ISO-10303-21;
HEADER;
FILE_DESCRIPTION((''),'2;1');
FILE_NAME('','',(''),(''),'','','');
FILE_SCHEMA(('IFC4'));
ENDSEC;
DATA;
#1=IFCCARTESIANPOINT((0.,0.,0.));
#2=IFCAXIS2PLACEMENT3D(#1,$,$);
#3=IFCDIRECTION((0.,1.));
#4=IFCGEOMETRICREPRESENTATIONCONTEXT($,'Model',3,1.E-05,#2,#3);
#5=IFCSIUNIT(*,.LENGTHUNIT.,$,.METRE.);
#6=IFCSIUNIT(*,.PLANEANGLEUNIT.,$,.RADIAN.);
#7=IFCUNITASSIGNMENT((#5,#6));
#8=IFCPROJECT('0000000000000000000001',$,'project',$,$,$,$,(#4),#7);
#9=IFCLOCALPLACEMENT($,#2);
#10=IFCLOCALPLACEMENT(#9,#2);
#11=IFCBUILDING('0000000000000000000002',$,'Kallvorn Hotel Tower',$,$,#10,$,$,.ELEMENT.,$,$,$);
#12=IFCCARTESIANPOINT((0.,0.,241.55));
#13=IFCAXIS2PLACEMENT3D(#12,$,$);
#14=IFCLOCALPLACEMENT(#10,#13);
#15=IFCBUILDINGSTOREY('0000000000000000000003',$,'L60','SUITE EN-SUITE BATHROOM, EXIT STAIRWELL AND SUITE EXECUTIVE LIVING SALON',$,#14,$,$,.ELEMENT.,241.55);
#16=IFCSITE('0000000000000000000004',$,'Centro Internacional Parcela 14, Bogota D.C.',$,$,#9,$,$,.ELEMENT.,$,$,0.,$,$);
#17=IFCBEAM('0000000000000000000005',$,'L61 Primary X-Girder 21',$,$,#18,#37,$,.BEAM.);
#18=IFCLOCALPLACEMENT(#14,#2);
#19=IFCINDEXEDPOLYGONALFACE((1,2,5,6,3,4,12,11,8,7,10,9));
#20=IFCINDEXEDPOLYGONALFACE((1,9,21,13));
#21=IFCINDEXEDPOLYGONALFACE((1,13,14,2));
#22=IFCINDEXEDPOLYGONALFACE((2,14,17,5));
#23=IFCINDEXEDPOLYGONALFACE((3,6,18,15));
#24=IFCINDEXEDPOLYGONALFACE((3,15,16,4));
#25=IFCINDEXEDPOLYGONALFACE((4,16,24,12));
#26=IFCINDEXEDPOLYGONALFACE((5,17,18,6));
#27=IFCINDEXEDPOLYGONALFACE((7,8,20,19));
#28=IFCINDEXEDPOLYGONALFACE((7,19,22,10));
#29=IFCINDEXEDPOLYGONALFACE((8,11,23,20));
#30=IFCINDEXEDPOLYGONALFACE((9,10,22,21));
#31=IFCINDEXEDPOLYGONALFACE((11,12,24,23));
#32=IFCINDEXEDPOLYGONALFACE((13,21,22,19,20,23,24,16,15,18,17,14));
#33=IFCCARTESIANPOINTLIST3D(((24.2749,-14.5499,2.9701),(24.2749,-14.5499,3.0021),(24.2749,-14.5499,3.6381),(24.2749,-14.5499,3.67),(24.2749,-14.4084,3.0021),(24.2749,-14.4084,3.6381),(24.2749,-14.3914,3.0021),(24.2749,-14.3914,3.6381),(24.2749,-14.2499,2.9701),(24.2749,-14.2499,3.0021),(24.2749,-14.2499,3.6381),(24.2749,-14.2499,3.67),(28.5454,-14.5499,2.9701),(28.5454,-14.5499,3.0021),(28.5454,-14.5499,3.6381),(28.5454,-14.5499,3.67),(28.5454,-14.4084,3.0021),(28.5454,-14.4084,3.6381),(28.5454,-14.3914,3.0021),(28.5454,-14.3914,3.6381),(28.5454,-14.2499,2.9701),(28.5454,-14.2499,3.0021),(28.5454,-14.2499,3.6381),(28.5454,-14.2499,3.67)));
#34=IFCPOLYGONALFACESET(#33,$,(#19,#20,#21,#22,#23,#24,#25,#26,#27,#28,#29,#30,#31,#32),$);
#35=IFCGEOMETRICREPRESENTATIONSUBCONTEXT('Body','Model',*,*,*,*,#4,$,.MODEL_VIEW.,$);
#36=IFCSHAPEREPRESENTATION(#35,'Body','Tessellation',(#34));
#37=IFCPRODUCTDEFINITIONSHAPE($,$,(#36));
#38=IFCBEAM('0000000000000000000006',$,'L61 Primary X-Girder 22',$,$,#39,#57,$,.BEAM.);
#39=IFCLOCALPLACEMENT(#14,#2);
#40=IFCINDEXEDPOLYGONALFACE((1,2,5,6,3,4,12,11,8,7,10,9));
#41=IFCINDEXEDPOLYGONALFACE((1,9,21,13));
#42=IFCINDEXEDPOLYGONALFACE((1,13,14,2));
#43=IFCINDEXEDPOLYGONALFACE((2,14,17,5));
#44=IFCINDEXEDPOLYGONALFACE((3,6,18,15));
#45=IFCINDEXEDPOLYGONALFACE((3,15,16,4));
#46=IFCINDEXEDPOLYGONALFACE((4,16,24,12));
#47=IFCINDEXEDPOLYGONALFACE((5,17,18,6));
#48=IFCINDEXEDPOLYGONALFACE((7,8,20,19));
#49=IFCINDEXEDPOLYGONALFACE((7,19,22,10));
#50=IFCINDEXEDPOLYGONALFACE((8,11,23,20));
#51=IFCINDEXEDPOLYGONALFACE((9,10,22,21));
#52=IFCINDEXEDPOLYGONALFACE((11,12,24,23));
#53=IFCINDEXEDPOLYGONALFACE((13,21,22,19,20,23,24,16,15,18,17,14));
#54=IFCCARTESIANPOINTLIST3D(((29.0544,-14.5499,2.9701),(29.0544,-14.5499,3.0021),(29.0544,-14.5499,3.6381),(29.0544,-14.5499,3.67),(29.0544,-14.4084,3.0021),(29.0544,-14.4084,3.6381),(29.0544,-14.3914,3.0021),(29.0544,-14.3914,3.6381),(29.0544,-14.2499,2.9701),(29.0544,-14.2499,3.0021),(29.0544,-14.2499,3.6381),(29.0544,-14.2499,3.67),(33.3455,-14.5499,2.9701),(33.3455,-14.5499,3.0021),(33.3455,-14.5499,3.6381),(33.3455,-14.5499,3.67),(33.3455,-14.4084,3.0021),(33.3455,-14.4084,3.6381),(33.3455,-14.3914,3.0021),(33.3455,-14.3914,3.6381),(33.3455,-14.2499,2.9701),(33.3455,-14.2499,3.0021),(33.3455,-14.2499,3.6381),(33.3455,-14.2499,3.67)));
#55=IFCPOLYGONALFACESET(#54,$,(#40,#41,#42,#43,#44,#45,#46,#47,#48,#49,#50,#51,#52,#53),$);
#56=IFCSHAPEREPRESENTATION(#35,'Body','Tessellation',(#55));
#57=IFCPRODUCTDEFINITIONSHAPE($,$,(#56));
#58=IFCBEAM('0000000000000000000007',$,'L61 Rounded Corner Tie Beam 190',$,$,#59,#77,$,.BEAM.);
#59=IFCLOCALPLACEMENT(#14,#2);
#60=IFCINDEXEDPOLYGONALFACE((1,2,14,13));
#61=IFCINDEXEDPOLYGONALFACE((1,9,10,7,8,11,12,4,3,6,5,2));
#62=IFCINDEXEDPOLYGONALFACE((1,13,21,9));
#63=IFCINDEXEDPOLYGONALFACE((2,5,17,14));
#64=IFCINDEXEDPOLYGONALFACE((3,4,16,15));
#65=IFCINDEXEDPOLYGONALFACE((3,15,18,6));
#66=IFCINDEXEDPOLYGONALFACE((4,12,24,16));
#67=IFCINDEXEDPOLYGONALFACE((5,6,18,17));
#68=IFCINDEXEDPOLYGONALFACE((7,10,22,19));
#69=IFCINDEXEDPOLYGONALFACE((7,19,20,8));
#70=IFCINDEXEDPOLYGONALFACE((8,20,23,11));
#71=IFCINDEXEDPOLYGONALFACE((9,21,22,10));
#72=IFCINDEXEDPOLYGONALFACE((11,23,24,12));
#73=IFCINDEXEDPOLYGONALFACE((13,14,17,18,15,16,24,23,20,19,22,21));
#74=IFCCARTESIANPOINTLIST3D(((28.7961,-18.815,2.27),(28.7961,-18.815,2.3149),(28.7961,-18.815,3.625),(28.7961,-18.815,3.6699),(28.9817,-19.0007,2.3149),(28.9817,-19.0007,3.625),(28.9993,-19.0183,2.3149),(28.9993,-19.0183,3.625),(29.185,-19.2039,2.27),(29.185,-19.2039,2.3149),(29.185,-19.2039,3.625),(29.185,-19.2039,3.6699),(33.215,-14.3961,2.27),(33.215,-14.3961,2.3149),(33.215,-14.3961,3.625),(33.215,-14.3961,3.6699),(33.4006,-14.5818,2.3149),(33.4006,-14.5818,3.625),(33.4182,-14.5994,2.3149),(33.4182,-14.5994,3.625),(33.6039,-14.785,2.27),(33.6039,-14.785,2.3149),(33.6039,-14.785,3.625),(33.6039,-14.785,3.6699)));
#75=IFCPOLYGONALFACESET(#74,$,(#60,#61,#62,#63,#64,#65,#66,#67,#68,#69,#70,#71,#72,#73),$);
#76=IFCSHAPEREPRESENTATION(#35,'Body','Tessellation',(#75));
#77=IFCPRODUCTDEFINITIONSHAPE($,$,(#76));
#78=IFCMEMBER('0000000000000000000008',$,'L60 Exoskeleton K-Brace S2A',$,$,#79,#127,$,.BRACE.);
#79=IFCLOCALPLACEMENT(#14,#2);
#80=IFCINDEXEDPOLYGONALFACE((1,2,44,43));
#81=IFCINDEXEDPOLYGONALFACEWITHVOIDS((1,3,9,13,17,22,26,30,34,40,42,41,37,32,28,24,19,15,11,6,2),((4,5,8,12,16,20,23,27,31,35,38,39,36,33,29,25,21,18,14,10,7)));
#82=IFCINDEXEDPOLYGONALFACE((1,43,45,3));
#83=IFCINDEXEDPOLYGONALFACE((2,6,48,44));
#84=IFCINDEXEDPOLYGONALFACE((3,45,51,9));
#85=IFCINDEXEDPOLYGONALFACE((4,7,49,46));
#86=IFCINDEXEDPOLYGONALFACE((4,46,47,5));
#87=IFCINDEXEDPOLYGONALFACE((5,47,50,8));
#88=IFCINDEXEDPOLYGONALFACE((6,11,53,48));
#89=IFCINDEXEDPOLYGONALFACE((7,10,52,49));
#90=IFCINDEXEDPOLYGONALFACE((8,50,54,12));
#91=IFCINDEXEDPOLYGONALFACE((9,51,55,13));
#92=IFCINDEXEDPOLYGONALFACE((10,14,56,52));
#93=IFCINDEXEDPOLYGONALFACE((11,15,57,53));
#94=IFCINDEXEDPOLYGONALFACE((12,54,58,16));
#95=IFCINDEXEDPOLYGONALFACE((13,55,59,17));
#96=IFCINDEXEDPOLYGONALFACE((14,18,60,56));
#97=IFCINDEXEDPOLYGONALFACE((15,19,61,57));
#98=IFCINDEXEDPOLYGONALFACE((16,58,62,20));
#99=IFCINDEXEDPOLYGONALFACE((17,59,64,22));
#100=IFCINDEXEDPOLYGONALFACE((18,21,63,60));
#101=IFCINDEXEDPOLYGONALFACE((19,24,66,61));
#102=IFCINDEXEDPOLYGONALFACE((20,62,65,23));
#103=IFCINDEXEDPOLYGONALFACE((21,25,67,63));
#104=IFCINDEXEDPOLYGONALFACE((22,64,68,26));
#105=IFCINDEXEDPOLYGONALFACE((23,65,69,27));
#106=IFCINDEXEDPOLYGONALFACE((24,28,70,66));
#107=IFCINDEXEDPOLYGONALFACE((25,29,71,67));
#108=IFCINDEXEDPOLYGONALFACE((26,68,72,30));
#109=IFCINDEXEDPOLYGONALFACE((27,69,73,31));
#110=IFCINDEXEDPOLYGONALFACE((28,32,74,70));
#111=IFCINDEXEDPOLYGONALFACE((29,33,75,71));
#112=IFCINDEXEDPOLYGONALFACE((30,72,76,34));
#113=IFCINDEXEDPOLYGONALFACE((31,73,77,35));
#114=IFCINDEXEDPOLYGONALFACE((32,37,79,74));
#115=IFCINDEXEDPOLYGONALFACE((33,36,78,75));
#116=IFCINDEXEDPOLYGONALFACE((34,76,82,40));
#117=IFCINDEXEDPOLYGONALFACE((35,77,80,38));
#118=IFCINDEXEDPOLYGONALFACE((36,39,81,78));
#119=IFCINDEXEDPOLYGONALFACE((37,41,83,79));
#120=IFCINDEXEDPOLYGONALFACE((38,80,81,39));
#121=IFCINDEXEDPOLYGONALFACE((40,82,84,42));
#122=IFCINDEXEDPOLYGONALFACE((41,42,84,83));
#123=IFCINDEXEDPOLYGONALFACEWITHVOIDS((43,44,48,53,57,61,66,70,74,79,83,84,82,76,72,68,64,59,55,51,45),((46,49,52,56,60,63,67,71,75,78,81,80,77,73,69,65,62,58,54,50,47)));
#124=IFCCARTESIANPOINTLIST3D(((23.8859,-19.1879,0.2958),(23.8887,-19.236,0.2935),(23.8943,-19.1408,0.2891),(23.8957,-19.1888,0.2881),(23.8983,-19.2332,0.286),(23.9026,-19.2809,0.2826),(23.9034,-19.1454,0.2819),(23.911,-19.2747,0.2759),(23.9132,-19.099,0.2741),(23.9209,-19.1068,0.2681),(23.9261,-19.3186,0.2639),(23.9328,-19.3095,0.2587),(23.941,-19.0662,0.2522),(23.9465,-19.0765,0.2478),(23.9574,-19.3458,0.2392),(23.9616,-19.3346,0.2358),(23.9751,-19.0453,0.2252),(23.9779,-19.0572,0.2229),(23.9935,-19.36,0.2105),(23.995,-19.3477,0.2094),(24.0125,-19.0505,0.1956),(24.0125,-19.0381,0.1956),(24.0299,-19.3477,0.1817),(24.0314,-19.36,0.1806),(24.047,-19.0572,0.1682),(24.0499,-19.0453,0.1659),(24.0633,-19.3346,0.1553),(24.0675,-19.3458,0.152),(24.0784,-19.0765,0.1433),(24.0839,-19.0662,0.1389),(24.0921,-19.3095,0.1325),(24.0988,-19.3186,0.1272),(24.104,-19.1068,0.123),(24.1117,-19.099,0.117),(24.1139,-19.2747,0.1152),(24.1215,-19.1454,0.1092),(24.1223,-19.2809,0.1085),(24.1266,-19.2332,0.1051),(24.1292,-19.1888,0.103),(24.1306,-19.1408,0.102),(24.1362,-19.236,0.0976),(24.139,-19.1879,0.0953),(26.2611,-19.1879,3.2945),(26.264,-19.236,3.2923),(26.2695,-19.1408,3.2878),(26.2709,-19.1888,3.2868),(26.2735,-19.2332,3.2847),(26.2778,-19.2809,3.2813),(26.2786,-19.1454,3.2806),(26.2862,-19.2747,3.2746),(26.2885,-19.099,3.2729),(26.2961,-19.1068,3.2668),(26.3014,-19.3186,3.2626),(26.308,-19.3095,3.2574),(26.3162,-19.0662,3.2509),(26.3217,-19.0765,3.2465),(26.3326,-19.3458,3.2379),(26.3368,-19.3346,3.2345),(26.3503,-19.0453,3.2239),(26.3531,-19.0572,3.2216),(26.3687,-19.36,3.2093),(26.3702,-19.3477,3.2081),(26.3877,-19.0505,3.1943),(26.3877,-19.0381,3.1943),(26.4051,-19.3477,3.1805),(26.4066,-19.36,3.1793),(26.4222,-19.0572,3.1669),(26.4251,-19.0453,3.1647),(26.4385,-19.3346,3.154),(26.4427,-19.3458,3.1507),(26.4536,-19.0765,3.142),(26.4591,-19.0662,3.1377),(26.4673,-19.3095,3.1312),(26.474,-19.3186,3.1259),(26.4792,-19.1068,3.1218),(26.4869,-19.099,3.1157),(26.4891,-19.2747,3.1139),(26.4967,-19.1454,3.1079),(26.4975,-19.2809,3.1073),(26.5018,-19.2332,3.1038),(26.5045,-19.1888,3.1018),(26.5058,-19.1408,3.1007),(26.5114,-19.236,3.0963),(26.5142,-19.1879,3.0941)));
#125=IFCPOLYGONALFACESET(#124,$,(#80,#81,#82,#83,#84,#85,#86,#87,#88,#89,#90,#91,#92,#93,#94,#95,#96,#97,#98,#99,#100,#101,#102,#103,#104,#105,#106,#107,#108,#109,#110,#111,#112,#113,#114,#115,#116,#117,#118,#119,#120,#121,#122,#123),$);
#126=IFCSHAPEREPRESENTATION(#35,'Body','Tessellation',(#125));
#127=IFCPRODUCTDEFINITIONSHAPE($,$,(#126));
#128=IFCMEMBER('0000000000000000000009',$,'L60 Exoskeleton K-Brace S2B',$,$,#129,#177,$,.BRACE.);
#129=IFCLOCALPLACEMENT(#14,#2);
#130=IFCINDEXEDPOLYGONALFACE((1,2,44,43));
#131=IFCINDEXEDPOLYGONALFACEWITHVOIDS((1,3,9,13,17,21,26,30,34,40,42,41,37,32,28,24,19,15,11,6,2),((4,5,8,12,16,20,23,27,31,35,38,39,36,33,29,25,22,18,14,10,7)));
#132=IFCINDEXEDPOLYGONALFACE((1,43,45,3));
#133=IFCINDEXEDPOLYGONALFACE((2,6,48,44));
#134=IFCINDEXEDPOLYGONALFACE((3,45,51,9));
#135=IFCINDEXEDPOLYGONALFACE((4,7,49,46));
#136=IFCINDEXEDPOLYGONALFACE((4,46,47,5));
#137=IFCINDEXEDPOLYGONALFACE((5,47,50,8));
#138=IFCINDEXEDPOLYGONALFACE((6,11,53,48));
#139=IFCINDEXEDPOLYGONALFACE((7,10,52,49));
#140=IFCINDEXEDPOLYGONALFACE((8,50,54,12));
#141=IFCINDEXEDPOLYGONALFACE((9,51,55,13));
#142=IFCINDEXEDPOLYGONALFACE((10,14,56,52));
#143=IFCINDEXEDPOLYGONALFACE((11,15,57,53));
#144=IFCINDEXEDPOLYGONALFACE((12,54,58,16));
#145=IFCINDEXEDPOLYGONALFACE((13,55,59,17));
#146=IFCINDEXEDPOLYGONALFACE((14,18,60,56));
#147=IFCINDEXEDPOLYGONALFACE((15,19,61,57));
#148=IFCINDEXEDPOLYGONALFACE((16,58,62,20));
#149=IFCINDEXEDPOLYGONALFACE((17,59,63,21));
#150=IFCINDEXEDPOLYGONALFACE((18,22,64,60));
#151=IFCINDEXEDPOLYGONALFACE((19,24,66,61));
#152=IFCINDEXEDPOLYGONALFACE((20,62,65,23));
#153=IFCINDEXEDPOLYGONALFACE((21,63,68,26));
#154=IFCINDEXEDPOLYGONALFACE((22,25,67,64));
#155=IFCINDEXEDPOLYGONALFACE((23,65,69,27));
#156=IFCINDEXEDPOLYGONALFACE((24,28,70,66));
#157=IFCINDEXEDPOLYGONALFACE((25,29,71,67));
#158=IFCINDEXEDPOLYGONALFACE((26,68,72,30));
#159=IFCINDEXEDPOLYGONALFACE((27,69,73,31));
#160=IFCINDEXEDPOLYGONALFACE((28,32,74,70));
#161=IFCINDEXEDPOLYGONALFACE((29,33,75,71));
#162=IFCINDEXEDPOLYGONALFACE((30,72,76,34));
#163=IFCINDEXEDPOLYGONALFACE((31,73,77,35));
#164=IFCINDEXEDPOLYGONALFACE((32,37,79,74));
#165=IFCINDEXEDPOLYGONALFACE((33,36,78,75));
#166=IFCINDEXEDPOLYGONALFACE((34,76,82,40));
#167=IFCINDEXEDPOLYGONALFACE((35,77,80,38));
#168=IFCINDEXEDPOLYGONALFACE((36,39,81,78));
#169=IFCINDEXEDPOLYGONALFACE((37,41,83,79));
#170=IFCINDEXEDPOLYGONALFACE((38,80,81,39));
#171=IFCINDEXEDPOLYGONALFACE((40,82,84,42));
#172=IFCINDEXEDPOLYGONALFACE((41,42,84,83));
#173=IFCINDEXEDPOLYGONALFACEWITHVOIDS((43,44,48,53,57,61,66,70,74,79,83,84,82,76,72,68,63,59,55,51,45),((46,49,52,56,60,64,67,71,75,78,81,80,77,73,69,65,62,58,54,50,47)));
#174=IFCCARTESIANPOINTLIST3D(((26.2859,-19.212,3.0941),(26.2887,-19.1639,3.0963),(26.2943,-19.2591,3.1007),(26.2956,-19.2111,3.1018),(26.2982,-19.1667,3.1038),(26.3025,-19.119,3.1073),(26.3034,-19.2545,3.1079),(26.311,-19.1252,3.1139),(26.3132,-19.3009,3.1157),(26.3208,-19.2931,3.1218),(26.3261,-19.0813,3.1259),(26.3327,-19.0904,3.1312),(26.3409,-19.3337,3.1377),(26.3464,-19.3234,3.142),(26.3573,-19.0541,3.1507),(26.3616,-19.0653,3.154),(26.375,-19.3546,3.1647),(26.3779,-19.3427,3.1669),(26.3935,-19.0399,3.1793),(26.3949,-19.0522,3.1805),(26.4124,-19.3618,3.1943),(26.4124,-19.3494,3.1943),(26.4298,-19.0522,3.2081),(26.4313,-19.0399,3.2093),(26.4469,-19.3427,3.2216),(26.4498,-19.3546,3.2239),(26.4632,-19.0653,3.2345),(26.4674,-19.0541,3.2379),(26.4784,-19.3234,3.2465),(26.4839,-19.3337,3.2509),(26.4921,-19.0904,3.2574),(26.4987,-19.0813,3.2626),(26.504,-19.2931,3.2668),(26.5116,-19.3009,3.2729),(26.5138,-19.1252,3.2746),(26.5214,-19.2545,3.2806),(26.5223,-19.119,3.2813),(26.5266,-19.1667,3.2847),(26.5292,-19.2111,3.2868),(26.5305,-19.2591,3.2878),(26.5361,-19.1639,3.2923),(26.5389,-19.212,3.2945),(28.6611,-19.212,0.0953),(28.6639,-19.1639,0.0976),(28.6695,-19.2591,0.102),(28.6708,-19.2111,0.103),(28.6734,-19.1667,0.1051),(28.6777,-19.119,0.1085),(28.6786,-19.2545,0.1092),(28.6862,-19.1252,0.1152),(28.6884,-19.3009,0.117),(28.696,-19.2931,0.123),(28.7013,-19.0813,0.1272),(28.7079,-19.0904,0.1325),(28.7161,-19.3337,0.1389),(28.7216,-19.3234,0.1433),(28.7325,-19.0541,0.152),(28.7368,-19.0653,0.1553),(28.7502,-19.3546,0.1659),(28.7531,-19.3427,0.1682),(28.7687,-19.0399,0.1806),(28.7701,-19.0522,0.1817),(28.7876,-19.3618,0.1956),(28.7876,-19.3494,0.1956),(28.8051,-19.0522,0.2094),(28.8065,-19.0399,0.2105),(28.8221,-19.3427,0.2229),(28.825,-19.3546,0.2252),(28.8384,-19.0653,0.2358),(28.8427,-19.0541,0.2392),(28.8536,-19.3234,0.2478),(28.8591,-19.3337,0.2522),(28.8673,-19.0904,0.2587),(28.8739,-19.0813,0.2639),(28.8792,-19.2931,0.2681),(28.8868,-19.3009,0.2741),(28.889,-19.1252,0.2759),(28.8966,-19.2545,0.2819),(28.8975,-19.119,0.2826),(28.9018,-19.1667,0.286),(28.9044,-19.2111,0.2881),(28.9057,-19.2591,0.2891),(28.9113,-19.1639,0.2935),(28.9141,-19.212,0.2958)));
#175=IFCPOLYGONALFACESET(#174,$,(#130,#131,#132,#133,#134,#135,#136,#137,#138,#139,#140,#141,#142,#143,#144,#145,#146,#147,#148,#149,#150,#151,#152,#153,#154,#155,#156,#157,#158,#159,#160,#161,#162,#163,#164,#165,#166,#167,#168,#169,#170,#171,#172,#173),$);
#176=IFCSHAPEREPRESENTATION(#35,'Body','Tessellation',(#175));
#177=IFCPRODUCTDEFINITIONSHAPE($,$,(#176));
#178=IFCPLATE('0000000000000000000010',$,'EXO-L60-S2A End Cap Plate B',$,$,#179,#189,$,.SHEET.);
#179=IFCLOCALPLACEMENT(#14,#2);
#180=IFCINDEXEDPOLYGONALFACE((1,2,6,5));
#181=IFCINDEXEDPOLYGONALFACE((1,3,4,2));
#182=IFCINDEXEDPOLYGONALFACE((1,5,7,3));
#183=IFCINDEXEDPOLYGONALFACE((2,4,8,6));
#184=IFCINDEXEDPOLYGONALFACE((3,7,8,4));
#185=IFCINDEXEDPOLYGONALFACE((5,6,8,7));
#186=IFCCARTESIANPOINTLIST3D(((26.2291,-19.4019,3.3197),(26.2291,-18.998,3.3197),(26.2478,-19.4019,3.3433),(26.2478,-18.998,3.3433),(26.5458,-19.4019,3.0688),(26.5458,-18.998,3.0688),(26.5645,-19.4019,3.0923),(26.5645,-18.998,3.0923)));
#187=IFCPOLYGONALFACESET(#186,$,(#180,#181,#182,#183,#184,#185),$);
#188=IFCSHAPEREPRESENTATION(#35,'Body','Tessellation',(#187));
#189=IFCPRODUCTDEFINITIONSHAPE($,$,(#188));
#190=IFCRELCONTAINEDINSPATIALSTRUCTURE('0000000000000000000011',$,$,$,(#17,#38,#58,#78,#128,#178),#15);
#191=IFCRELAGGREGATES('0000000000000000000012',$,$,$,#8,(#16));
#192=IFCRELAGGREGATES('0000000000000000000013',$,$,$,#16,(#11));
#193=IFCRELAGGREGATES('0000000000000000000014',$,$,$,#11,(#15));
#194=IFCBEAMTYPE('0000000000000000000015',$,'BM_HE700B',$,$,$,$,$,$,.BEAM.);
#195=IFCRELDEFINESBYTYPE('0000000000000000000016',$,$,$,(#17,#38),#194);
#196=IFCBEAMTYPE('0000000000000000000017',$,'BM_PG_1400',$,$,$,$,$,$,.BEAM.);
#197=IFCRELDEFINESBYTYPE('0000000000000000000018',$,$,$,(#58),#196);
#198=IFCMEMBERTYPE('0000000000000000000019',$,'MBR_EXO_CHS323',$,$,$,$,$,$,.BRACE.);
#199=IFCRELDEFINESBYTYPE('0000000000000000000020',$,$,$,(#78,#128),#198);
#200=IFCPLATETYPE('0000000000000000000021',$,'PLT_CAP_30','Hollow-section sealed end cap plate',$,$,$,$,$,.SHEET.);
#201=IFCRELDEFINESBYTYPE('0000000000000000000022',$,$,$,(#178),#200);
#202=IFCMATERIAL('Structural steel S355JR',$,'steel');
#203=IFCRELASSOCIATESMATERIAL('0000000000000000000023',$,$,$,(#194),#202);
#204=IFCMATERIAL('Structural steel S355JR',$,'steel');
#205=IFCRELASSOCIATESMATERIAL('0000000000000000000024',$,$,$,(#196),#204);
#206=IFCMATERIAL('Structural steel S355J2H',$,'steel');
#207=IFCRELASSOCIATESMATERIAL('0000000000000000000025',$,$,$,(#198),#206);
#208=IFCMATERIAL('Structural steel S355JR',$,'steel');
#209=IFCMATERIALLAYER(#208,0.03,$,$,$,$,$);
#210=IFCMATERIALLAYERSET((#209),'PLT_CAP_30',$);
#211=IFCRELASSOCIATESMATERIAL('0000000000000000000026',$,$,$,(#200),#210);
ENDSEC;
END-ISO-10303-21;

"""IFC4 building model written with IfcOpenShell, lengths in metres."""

from ifc_helpers import new_model, si_unit, direction, frame, origin, origin_2d, place, context, subcontext, project, spatial, polyline, hollow_circle, i_section, outline, extrude, material, layer, layer_set, material_profile, profile_set, type_object, element, save


model = new_model("IFC4")

# Units and contexts
model_context = context("Model", 3, precision=1e-05, world=origin(), true_north=direction((0.0, 1.0)))
body_context = subcontext(model_context, "Body", "Model", "MODEL_VIEW")
ifc_project = project(units=[si_unit("LENGTHUNIT", "METRE"), si_unit("PLANEANGLEUNIT", "RADIAN")], contexts=[model_context])

# Site, building, storey
site_placement = place(None, origin())
site = spatial("IfcSite", under=ifc_project, at=site_placement, Name="Centro Internacional Parcela 14, Bogota D.C.", CompositionType="ELEMENT", RefElevation=0.0)
building_placement = place(site_placement, origin())
building = spatial("IfcBuilding", under=site, at=building_placement, Name="Kallvorn Hotel Tower", CompositionType="ELEMENT")
storey_placement = place(building_placement, frame((0.0, 0.0, 241.55)))
storey = spatial("IfcBuildingStorey", under=building, at=storey_placement, Name="L60", Description="SUITE EN-SUITE BATHROOM, EXIT STAIRWELL AND SUITE EXECUTIVE LIVING SALON", CompositionType="ELEMENT", Elevation=241.55)

# Beams
ifc_material_1 = material(Name="Structural steel S355JR", Category="steel")
ifc_material_profile_1 = material_profile(ifc_material_1, i_section(OverallWidth=0.3, OverallDepth=0.7, WebThickness=0.0171, FlangeThickness=0.032, at=origin_2d()), Name="HE 700 B")
ifc_profile_set_1 = profile_set([ifc_material_profile_1], Name="Structural steel S355JR")
beam_type_1 = type_object("IfcBeamType", Name="BM_HE700B", PredefinedType="BEAM", material=ifc_profile_set_1)
for number, where, z_axis, x_axis, name in (
    (1, (24.2749, -14.3999, 3.3201), (1.0, 0.0, 0.0), (0.0, 1.0, 0.0), "L61 Primary X-Girder 21"),
):
    element("IfcBeam", number, at=place(storey_placement, frame(where, z_axis=z_axis, x_axis=x_axis)), inside=storey, type_object=beam_type_1, Name=name, PredefinedType="BEAM", context=body_context, shape_type="SweptSolid", body=[
        extrude(i_section(OverallWidth=0.3, OverallDepth=0.7, WebThickness=0.0171, FlangeThickness=0.032, at=origin_2d()), origin(), (0.0, 0.0, 1.0), 4.2705),
    ])
beam_1_placement = place(storey_placement, frame((29.0544, -14.3999, 3.3201), z_axis=(1.0, 0.0, 0.0), x_axis=(0.0, 1.0, 0.0)))
element("IfcBeam", 2, at=beam_1_placement, inside=storey, type_object=beam_type_1, Name="L61 Primary X-Girder 22", PredefinedType="BEAM", context=body_context, shape_type="SweptSolid", body=[
    extrude(i_section(OverallWidth=0.3, OverallDepth=0.7, WebThickness=0.0171, FlangeThickness=0.032, at=origin_2d()), origin(), (0.0, 0.0, 1.0), 4.291),
])
ifc_material_2 = material(Name="Structural steel S355JR", Category="steel")
ifc_material_profile_2 = material_profile(ifc_material_2, i_section(OverallWidth=0.55, OverallDepth=1.3999, WebThickness=0.0249, FlangeThickness=0.0449, at=origin_2d()), Name="PG 1400x550x25x45")
ifc_profile_set_2 = profile_set([ifc_material_profile_2], Name="Structural steel S355JR")
beam_type_2 = type_object("IfcBeamType", Name="BM_PG_1400", PredefinedType="BEAM", material=ifc_profile_set_2)
beam_2_placement = place(storey_placement, frame((33.4094, -14.5906, 2.97), z_axis=(-0.707107, -0.707107, 0.0), x_axis=(0.707107, -0.707107, 0.0)))
element("IfcBeam", 3, at=beam_2_placement, inside=storey, type_object=beam_type_2, Name="L61 Rounded Corner Tie Beam 190", PredefinedType="BEAM", context=body_context, shape_type="SweptSolid", body=[
    extrude(i_section(OverallWidth=0.55, OverallDepth=1.3999, WebThickness=0.0249, FlangeThickness=0.0449, at=origin_2d()), origin(), (0.0, 0.0, 1.0), 6.2493),
])

# Members
ifc_material_3 = material(Name="Structural steel S355J2H", Category="steel")
ifc_material_profile_3 = material_profile(ifc_material_3, hollow_circle(Radius=0.1619, WallThickness=0.0125, at=origin_2d()), Name="CHS 323.9x12.5")
ifc_profile_set_3 = profile_set([ifc_material_profile_3], Name="Structural steel S355J2H")
member_type = type_object("IfcMemberType", Name="MBR_EXO_CHS323", PredefinedType="BRACE", material=ifc_profile_set_3)
for number, where, z_axis, x_axis, name in (
    (4, (24.0125, -19.2, 0.1956), (0.620897, 0.0, 0.783892), (0.0, 1.0, 0.0), "L60 Exoskeleton K-Brace S2A"),
    (5, (28.7876, -19.2, 0.1956), (-0.620897, 0.0, 0.783892), (0.0, -1.0, 0.0), "L60 Exoskeleton K-Brace S2B"),
):
    element("IfcMember", number, at=place(storey_placement, frame(where, z_axis=z_axis, x_axis=x_axis)), inside=storey, type_object=member_type, Name=name, PredefinedType="BRACE", context=body_context, shape_type="SweptSolid", body=[
        extrude(hollow_circle(Radius=0.1619, WallThickness=0.0125, at=origin_2d()), origin(), (0.0, 0.0, 1.0), 3.8254),
    ])

# Plate
ifc_material_4 = material(Name="Structural steel S355JR", Category="steel")
ifc_layer_1 = layer(ifc_material_4, 0.03)
ifc_layer_set_1 = layer_set([ifc_layer_1], Name="PLT_CAP_30")
plate_type_1 = type_object("IfcPlateType", Name="PLT_CAP_30", Description="Hollow-section sealed end cap plate", PredefinedType="SHEET", material=ifc_layer_set_1)
plate_1_placement = place(storey_placement, frame((26.5645, -19.4019, 3.0923), z_axis=(0.621152, 0.0, 0.78369), x_axis=(0.0, 1.0, 0.0)))
element("IfcPlate", 6, at=plate_1_placement, inside=storey, type_object=plate_type_1, Name="EXO-L60-S2A End Cap Plate B", PredefinedType="SHEET", context=body_context, shape_type="SweptSolid", body=[
    extrude(outline(polyline([(0.0, 0.0), (0.4038, 0.0), (0.4038, 0.4041), (0.0, 0.4041), (0.0, 0.0)])), origin(), (0.0, 0.0, -1.0), 0.03),
])

save(model, "model.ifc")
